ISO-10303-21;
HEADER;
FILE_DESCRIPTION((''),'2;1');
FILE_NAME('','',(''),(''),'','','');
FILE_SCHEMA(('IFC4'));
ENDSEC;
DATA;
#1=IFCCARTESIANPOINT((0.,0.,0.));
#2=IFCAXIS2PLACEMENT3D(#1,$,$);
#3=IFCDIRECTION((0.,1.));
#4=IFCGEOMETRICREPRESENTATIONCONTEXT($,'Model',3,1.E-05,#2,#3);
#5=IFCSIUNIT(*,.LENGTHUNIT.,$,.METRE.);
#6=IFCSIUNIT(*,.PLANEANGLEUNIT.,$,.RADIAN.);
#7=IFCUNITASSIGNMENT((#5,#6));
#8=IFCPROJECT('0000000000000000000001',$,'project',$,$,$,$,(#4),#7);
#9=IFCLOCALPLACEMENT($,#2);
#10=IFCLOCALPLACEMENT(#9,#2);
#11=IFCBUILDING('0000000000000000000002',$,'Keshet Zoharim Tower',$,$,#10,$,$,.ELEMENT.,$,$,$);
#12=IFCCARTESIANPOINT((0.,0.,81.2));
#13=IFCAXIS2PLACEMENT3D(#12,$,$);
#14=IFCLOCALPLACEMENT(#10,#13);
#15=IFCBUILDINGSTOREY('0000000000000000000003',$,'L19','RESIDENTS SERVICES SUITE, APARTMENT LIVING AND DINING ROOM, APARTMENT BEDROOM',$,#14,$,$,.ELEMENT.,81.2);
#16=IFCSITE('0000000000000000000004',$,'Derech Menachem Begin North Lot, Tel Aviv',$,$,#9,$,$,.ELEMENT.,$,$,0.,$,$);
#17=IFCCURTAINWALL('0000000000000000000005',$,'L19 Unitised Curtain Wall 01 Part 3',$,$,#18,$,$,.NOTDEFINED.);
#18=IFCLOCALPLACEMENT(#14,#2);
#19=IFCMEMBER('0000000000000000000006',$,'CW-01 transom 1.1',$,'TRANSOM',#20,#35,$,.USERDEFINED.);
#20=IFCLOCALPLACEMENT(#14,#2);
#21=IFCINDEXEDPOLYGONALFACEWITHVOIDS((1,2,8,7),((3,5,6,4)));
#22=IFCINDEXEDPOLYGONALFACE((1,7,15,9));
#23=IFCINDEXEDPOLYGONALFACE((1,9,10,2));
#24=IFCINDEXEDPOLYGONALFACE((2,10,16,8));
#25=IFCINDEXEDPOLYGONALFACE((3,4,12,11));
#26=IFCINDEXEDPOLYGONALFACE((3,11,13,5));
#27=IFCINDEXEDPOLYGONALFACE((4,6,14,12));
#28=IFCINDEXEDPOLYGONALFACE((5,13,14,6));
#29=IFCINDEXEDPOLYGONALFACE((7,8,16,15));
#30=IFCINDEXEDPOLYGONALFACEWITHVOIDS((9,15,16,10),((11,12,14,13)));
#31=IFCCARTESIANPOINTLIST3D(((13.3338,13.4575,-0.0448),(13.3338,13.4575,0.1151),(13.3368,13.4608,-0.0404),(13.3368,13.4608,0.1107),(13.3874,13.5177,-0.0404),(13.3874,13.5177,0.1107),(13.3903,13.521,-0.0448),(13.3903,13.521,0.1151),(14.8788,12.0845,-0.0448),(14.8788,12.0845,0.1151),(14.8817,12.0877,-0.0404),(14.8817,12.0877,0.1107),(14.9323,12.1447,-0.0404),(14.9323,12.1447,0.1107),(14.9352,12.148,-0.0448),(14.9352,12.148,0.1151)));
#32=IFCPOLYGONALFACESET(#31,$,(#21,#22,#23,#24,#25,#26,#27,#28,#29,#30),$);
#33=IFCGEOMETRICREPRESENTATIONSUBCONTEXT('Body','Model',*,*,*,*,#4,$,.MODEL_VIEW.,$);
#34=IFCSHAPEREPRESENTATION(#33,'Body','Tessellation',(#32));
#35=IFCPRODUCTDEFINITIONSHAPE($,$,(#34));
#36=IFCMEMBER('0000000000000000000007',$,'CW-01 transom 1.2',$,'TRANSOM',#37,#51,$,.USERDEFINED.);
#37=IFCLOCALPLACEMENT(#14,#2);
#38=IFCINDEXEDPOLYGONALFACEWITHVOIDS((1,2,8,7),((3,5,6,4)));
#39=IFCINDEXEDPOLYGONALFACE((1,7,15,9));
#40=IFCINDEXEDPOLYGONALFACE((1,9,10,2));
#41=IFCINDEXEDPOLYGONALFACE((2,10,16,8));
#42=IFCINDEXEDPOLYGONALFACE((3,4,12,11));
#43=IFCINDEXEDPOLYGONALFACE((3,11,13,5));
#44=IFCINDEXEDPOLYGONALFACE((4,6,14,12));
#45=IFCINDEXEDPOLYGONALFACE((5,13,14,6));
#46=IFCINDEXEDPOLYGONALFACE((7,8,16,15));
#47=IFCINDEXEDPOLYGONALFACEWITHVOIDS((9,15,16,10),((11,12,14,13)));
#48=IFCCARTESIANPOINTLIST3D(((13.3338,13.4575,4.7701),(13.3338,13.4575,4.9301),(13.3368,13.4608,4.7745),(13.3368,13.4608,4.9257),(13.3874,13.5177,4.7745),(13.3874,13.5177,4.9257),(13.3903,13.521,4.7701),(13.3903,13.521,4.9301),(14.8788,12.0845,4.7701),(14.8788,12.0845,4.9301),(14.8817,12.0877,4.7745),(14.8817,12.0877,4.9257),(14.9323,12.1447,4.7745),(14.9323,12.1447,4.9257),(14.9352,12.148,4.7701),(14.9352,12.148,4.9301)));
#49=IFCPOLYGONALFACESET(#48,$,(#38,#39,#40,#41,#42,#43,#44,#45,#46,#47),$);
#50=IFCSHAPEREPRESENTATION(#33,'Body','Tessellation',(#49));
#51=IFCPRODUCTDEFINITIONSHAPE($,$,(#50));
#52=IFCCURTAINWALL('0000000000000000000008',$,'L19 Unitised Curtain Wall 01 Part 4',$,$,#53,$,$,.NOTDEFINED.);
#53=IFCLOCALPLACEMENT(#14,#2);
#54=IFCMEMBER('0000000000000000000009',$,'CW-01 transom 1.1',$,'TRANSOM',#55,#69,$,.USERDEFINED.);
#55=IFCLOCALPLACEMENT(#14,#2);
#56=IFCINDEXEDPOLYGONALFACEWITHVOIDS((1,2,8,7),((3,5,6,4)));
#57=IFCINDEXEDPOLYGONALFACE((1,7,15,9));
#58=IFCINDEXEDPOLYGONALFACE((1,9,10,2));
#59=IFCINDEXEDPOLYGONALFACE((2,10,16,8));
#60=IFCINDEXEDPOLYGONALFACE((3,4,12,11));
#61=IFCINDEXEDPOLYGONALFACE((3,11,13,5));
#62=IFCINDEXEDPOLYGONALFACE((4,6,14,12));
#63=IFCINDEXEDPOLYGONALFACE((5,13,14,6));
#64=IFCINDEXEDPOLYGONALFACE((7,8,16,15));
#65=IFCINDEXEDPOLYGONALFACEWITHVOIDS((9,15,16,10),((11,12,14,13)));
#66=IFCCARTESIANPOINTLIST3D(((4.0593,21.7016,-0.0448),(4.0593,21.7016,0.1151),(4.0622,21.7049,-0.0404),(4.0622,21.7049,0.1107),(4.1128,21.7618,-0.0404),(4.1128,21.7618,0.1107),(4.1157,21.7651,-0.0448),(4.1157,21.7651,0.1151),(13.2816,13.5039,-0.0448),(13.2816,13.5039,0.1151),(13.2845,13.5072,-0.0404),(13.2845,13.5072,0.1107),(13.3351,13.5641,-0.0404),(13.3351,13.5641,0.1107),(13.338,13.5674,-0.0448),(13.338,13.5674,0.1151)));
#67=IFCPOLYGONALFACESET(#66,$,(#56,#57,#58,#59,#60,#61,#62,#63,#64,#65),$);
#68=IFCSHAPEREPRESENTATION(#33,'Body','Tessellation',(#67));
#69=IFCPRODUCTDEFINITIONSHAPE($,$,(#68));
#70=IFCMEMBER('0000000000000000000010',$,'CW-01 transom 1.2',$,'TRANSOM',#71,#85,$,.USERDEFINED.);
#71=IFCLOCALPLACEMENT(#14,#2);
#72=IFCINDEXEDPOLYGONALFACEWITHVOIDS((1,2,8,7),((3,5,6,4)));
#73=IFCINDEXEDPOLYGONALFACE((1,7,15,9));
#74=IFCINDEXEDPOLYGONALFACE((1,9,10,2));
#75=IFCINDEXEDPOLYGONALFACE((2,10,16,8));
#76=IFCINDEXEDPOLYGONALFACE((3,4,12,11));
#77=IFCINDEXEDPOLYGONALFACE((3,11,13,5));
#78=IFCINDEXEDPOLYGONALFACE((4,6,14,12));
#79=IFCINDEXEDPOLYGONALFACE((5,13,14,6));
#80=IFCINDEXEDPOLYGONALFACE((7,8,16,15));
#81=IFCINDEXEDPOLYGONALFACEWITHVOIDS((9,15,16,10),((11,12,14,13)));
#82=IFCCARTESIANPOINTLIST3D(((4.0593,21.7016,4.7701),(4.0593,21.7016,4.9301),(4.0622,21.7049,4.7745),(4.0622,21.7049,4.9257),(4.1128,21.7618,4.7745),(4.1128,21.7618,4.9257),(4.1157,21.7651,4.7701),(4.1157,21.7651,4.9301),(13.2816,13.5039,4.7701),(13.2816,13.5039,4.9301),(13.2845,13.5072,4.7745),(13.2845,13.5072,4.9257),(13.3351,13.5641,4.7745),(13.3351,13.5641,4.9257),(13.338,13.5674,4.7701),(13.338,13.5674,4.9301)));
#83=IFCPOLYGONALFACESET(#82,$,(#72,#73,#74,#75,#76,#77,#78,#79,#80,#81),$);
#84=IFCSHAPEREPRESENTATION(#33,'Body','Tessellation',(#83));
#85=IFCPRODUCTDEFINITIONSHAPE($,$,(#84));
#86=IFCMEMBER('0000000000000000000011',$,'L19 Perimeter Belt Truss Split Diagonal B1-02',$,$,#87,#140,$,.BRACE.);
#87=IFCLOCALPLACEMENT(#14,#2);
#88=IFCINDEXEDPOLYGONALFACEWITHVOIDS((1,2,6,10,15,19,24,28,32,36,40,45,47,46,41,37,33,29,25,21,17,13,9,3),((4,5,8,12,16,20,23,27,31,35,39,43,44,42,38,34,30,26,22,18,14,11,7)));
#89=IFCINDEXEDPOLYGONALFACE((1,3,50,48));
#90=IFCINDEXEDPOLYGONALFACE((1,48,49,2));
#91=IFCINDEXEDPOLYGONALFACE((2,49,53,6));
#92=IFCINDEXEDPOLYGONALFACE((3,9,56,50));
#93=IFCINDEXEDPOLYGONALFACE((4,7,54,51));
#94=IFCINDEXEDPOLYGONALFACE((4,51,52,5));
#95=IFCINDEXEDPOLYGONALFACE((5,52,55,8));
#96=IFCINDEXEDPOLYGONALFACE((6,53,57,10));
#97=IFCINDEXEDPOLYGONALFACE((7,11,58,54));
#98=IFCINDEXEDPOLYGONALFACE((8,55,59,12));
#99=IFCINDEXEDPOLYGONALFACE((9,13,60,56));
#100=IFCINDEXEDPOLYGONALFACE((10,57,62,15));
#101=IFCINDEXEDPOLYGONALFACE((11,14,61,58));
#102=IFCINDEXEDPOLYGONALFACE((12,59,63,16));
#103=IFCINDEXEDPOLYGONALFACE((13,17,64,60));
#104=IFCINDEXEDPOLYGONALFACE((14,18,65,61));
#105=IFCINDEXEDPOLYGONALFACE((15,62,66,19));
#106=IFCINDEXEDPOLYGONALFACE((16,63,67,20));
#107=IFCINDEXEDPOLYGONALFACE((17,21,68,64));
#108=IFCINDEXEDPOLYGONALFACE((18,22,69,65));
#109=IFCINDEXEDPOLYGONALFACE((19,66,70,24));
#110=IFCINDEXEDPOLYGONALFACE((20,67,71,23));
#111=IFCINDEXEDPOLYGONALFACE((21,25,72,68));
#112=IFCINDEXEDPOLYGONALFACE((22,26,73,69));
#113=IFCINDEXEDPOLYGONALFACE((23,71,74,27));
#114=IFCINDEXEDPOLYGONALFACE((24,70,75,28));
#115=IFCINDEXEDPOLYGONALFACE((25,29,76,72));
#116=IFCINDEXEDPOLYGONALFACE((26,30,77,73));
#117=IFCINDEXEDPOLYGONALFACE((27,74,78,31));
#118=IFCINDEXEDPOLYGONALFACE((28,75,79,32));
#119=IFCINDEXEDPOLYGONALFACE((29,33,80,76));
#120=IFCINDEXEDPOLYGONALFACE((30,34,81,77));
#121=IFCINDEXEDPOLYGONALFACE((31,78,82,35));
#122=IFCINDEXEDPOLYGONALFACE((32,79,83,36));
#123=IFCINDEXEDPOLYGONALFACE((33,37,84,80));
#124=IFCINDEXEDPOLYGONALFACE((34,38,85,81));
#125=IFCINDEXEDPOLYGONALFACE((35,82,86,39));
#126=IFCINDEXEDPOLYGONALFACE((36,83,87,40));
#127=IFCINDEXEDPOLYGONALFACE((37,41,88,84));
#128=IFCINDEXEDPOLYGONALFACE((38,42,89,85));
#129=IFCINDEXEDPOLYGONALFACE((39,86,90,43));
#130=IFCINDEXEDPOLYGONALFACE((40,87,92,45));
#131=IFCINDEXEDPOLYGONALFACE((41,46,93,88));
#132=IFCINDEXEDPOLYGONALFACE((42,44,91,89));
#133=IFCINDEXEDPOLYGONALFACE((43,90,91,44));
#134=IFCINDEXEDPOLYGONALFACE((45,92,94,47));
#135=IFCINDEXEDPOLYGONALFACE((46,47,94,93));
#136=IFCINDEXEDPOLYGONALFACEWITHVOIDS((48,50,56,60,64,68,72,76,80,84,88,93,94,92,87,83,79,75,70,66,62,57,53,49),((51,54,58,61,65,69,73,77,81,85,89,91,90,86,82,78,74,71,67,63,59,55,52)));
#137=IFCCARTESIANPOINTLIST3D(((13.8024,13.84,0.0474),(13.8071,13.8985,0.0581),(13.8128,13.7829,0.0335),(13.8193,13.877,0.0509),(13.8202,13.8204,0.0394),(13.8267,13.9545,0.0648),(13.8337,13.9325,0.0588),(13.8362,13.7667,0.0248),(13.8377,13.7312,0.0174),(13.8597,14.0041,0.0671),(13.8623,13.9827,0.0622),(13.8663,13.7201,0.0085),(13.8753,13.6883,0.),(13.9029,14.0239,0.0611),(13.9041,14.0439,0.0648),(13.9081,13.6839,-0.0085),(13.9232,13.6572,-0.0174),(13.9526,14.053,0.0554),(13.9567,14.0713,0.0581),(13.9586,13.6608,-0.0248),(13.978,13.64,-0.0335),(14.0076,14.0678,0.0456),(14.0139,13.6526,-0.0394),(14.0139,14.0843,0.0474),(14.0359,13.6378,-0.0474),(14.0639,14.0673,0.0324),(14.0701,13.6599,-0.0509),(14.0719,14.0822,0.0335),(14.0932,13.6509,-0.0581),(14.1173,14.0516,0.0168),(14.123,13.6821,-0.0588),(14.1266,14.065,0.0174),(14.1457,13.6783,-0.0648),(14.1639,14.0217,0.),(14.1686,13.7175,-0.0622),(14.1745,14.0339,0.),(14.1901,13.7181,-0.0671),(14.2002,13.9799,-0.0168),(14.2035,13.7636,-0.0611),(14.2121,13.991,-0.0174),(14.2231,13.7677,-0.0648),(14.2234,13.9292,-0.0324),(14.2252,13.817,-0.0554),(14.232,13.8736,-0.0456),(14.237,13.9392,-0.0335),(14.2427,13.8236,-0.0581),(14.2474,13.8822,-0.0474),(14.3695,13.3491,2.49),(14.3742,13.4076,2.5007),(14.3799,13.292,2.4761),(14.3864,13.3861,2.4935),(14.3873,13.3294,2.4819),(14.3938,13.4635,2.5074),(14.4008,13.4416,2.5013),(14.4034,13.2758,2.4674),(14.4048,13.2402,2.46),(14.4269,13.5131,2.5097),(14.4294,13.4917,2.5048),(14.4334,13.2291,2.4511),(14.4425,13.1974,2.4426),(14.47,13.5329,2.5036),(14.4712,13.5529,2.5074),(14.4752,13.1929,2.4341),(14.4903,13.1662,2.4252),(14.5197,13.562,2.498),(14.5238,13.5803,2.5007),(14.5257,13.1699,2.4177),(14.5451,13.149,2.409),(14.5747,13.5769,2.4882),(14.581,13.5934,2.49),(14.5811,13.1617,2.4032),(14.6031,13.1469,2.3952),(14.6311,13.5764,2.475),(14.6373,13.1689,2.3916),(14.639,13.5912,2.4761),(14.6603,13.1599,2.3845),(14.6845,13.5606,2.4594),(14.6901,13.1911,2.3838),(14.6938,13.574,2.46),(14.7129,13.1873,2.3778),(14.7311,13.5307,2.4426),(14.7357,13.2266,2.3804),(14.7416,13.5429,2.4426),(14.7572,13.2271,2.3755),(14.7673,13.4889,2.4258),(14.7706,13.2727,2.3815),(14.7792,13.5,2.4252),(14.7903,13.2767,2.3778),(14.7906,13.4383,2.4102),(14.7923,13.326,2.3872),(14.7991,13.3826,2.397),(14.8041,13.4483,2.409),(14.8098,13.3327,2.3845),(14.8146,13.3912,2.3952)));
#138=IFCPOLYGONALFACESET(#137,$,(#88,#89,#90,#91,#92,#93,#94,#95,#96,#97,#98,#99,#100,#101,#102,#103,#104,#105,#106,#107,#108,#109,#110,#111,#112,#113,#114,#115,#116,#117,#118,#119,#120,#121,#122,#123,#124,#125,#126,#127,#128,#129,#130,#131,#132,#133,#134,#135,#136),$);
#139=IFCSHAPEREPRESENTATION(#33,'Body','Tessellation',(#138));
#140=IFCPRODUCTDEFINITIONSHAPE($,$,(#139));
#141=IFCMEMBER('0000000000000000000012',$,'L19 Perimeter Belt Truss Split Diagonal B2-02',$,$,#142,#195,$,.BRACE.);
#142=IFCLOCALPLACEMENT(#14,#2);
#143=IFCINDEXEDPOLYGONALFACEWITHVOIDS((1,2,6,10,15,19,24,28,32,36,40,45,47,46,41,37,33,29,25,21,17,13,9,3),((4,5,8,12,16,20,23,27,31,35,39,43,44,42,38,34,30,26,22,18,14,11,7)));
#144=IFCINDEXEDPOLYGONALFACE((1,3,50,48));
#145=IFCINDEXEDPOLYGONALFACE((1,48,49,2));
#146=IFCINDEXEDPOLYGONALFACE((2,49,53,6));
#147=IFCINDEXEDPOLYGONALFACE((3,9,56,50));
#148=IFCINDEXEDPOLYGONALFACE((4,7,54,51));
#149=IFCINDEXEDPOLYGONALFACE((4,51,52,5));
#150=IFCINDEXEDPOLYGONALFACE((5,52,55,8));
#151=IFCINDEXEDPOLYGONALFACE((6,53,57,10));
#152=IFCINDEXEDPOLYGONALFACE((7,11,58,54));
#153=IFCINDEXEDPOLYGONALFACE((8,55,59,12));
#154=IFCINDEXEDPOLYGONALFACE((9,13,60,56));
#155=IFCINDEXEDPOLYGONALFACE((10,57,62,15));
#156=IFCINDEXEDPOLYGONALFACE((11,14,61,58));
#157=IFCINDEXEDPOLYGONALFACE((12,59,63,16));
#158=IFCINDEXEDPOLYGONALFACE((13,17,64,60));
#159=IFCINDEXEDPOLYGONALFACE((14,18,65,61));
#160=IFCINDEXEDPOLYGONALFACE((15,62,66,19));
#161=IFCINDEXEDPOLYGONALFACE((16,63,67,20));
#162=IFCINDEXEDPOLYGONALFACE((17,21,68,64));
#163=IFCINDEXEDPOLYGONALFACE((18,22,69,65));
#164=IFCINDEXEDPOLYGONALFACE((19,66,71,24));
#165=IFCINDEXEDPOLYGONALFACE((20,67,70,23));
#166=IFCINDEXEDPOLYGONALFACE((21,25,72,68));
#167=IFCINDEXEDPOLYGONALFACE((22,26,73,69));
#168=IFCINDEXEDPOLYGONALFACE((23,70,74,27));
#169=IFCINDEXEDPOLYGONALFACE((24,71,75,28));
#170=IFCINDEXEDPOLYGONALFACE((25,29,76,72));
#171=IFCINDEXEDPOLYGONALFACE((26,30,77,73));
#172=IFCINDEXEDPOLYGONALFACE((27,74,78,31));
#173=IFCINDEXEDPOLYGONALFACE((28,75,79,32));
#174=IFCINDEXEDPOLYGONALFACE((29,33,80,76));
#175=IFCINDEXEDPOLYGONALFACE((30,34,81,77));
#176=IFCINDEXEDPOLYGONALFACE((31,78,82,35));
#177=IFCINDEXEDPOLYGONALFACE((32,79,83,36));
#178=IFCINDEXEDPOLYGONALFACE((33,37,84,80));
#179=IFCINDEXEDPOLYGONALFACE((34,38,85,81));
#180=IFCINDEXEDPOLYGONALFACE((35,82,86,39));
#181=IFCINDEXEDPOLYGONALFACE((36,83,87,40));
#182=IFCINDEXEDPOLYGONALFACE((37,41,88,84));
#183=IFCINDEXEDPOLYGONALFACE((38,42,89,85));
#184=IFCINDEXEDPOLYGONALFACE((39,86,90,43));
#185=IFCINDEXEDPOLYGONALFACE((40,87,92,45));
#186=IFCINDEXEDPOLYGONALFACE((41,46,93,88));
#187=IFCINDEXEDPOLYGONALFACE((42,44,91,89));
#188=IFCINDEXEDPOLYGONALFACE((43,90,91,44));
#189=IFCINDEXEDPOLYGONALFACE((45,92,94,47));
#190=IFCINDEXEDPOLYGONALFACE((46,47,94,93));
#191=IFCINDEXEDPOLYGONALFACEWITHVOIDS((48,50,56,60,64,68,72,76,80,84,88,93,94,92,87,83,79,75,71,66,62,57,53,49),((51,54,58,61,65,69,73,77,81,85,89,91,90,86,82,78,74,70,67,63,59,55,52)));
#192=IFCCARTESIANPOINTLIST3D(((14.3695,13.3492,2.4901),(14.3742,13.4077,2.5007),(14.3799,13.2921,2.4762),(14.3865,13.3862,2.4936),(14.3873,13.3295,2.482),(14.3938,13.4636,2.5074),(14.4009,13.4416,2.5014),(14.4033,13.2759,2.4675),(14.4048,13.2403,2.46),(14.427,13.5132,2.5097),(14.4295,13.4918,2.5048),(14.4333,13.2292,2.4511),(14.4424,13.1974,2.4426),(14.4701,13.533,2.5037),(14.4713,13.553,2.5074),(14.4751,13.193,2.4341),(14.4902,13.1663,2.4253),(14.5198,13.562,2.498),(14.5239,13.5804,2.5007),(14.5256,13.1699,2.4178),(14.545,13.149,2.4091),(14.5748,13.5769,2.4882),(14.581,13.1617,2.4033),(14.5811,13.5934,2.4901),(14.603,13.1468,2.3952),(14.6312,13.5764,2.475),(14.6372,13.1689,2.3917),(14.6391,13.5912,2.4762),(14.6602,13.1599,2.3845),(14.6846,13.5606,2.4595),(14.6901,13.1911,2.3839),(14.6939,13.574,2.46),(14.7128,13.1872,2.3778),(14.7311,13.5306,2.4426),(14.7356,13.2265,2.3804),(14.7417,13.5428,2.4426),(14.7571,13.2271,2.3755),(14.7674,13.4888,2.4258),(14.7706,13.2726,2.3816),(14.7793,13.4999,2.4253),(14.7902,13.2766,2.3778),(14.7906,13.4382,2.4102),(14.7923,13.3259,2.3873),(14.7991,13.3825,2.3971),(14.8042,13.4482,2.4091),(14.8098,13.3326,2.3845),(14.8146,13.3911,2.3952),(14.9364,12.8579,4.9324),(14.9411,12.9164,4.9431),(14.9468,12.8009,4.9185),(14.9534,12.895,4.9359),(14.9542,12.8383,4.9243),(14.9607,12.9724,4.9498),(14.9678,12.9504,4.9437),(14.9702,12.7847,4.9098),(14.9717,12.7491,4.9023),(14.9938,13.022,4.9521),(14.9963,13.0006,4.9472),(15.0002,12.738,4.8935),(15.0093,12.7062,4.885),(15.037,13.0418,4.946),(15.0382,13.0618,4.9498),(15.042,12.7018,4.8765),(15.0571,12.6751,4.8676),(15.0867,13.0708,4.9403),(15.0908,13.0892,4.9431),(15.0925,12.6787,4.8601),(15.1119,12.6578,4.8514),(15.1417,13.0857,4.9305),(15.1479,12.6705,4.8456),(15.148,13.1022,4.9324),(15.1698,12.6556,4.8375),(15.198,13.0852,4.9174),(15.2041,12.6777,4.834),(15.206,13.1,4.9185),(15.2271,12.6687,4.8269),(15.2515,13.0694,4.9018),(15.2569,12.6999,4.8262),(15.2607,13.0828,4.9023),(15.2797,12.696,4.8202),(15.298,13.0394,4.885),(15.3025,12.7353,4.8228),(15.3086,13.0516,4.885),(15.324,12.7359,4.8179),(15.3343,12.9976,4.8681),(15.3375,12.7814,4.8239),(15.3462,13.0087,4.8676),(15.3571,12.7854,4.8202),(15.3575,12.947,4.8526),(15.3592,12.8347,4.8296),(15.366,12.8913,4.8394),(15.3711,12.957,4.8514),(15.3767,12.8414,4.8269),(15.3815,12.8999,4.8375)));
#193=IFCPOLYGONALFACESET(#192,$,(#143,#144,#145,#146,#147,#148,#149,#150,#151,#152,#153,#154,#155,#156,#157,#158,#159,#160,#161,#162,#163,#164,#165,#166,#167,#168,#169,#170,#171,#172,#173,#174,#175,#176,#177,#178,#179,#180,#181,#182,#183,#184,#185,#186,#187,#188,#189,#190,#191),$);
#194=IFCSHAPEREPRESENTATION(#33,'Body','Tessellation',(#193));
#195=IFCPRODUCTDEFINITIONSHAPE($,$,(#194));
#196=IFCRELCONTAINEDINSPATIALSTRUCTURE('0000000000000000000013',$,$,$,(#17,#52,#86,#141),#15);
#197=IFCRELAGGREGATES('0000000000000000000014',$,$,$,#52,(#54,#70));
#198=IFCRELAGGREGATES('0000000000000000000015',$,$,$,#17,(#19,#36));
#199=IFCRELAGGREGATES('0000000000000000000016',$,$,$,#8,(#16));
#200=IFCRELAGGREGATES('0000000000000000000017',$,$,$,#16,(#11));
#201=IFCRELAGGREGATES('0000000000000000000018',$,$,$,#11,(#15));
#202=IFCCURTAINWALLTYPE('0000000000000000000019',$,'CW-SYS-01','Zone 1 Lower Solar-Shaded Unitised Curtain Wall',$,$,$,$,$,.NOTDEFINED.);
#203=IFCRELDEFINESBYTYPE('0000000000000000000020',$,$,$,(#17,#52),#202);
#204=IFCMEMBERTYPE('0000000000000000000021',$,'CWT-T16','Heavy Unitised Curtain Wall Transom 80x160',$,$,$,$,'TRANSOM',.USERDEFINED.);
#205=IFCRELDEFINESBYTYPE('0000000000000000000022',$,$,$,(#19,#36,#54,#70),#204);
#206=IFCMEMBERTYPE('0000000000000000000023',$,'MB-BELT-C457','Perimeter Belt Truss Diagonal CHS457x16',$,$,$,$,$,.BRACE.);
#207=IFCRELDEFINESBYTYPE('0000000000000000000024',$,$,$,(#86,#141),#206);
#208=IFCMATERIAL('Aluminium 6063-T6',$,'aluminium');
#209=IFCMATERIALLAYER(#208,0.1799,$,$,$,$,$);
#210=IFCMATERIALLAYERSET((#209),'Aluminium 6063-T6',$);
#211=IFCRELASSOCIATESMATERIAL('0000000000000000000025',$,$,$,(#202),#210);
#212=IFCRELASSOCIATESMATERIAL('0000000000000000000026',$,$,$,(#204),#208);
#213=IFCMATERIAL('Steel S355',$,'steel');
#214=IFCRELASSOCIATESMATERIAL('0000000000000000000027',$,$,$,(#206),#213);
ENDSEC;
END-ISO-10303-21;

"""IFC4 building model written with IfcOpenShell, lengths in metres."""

from ifc_helpers import new_model, si_unit, direction, frame, origin, origin_2d, place, context, subcontext, project, spatial, hollow_rectangle, hollow_circle, extrude, material, layer, layer_set, material_profile, profile_set, type_object, element, aggregate, save


model = new_model("IFC4")

# Units and contexts
model_context = context("Model", 3, precision=1e-05, world=origin(), true_north=direction((0.0, 1.0)))
body_context = subcontext(model_context, "Body", "Model", "MODEL_VIEW")
ifc_project = project(units=[si_unit("LENGTHUNIT", "METRE"), si_unit("PLANEANGLEUNIT", "RADIAN")], contexts=[model_context])

# Site, building, storey
site_placement = place(None, origin())
site = spatial("IfcSite", under=ifc_project, at=site_placement, Name="Derech Menachem Begin North Lot, Tel Aviv", CompositionType="ELEMENT", RefElevation=0.0)
building_placement = place(site_placement, origin())
building = spatial("IfcBuilding", under=site, at=building_placement, Name="Keshet Zoharim Tower", CompositionType="ELEMENT")
storey_placement = place(building_placement, frame((0.0, 0.0, 81.2)))
storey = spatial("IfcBuildingStorey", under=building, at=storey_placement, Name="L19", Description="RESIDENTS SERVICES SUITE, APARTMENT LIVING AND DINING ROOM, APARTMENT BEDROOM", CompositionType="ELEMENT", Elevation=81.2)

# Shared definitions
ifc_material_1 = material(Name="Steel S355", Category="steel")

# Shared definitions
ifc_material_2 = material(Name="Aluminium 6063-T6", Category="aluminium")
ifc_layer_1 = layer(ifc_material_2, 0.1799)
ifc_layer_set_1 = layer_set([ifc_layer_1], Name="Aluminium 6063-T6")
curtain_wall_type = type_object("IfcCurtainWallType", Name="CW-SYS-01", Description="Zone 1 Lower Solar-Shaded Unitised Curtain Wall", PredefinedType="NOTDEFINED", material=ifc_layer_set_1)

# Curtain walls, members
curtain_wall_1_placement = place(storey_placement, origin())
curtain_wall_1 = element("IfcCurtainWall", 1, at=curtain_wall_1_placement, inside=storey, type_object=curtain_wall_type, Name="L19 Unitised Curtain Wall 01 Part 3", PredefinedType="NOTDEFINED")
ifc_material_profile_1 = material_profile(ifc_material_2, hollow_rectangle(XDim=0.085, YDim=0.1599, WallThickness=0.0044, at=origin_2d()), Name="TRN-85x160")
ifc_profile_set_1 = profile_set([ifc_material_profile_1], Name="Aluminium 6063-T6")
member_type_1 = type_object("IfcMemberType", Name="CWT-T16", Description="Heavy Unitised Curtain Wall Transom 80x160", ElementType="TRANSOM", PredefinedType="USERDEFINED", material=ifc_profile_set_1)
member_1_placement = place(storey_placement, frame((14.907, 12.1162, 0.0352), z_axis=(-0.747461, 0.664305, 0.0), x_axis=(-0.664305, -0.747461, 0.0)))
member_1 = element("IfcMember", 2, at=member_1_placement, type_object=member_type_1, Name="CW-01 transom 1.1", ObjectType="TRANSOM", PredefinedType="USERDEFINED", context=body_context, shape_type="SweptSolid", body=[
    extrude(hollow_rectangle(XDim=0.085, YDim=0.1599, WallThickness=0.0044, at=origin_2d()), origin(), (0.0, 0.0, 1.0), 2.0669),
])
member_2_placement = place(storey_placement, frame((14.907, 12.1162, 4.8501), z_axis=(-0.747461, 0.664305, 0.0), x_axis=(-0.664305, -0.747461, 0.0)))
member_2 = element("IfcMember", 3, at=member_2_placement, type_object=member_type_1, Name="CW-01 transom 1.2", ObjectType="TRANSOM", PredefinedType="USERDEFINED", context=body_context, shape_type="SweptSolid", body=[
    extrude(hollow_rectangle(XDim=0.085, YDim=0.1599, WallThickness=0.0044, at=origin_2d()), origin(), (0.0, 0.0, 1.0), 2.0669),
])
curtain_wall_2_placement = place(storey_placement, origin())
curtain_wall_2 = element("IfcCurtainWall", 4, at=curtain_wall_2_placement, inside=storey, type_object=curtain_wall_type, Name="L19 Unitised Curtain Wall 01 Part 4", PredefinedType="NOTDEFINED")
member_3_placement = place(storey_placement, frame((13.3098, 13.5356, 0.0352), z_axis=(-0.747407, 0.664366, 0.0), x_axis=(-0.664366, -0.747407, 0.0)))
member_3 = element("IfcMember", 5, at=member_3_placement, type_object=member_type_1, Name="CW-01 transom 1.1", ObjectType="TRANSOM", PredefinedType="USERDEFINED", context=body_context, shape_type="SweptSolid", body=[
    extrude(hollow_rectangle(XDim=0.085, YDim=0.1599, WallThickness=0.0044, at=origin_2d()), origin(), (0.0, 0.0, 1.0), 12.3391),
])
member_4_placement = place(storey_placement, frame((13.3098, 13.5356, 4.8501), z_axis=(-0.747407, 0.664366, 0.0), x_axis=(-0.664366, -0.747407, 0.0)))
member_4 = element("IfcMember", 6, at=member_4_placement, type_object=member_type_1, Name="CW-01 transom 1.2", ObjectType="TRANSOM", PredefinedType="USERDEFINED", context=body_context, shape_type="SweptSolid", body=[
    extrude(hollow_rectangle(XDim=0.085, YDim=0.1599, WallThickness=0.0044, at=origin_2d()), origin(), (0.0, 0.0, 1.0), 12.3391),
])

# Members
ifc_material_profile_2 = material_profile(ifc_material_1, hollow_circle(Radius=0.2285, WallThickness=0.0161, at=origin_2d()), Name="CHS457x16")
ifc_profile_set_2 = profile_set([ifc_material_profile_2], Name="Steel S355")
member_type_2 = type_object("IfcMemberType", Name="MB-BELT-C457", Description="Perimeter Belt Truss Diagonal CHS457x16", PredefinedType="BRACE", material=ifc_profile_set_2)
member_5_placement = place(storey_placement, frame((14.0249, 13.8611, 0.0), z_axis=(0.221953, -0.192143, 0.955938), x_axis=(0.654509, 0.756054, 0.0)))
element("IfcMember", 7, at=member_5_placement, inside=storey, type_object=member_type_2, Name="L19 Perimeter Belt Truss Split Diagonal B1-02", PredefinedType="BRACE", context=body_context, shape_type="SweptSolid", body=[
    extrude(hollow_circle(Radius=0.2285, WallThickness=0.0161, at=origin_2d()), origin(), (0.0, 0.0, 1.0), 2.5552),
])
member_6_placement = place(storey_placement, frame((14.592, 13.3701, 2.4426), z_axis=(0.221879, -0.192257, 0.955933), x_axis=(0.654856, 0.755754, 0.0)))
element("IfcMember", 8, at=member_6_placement, inside=storey, type_object=member_type_2, Name="L19 Perimeter Belt Truss Split Diagonal B2-02", PredefinedType="BRACE", context=body_context, shape_type="SweptSolid", body=[
    extrude(hollow_circle(Radius=0.2285, WallThickness=0.0161, at=origin_2d()), origin(), (0.0, 0.0, 1.0), 2.5549),
])

aggregate(curtain_wall_2, [member_3, member_4])
aggregate(curtain_wall_1, [member_1, member_2])

save(model, "model.ifc")
